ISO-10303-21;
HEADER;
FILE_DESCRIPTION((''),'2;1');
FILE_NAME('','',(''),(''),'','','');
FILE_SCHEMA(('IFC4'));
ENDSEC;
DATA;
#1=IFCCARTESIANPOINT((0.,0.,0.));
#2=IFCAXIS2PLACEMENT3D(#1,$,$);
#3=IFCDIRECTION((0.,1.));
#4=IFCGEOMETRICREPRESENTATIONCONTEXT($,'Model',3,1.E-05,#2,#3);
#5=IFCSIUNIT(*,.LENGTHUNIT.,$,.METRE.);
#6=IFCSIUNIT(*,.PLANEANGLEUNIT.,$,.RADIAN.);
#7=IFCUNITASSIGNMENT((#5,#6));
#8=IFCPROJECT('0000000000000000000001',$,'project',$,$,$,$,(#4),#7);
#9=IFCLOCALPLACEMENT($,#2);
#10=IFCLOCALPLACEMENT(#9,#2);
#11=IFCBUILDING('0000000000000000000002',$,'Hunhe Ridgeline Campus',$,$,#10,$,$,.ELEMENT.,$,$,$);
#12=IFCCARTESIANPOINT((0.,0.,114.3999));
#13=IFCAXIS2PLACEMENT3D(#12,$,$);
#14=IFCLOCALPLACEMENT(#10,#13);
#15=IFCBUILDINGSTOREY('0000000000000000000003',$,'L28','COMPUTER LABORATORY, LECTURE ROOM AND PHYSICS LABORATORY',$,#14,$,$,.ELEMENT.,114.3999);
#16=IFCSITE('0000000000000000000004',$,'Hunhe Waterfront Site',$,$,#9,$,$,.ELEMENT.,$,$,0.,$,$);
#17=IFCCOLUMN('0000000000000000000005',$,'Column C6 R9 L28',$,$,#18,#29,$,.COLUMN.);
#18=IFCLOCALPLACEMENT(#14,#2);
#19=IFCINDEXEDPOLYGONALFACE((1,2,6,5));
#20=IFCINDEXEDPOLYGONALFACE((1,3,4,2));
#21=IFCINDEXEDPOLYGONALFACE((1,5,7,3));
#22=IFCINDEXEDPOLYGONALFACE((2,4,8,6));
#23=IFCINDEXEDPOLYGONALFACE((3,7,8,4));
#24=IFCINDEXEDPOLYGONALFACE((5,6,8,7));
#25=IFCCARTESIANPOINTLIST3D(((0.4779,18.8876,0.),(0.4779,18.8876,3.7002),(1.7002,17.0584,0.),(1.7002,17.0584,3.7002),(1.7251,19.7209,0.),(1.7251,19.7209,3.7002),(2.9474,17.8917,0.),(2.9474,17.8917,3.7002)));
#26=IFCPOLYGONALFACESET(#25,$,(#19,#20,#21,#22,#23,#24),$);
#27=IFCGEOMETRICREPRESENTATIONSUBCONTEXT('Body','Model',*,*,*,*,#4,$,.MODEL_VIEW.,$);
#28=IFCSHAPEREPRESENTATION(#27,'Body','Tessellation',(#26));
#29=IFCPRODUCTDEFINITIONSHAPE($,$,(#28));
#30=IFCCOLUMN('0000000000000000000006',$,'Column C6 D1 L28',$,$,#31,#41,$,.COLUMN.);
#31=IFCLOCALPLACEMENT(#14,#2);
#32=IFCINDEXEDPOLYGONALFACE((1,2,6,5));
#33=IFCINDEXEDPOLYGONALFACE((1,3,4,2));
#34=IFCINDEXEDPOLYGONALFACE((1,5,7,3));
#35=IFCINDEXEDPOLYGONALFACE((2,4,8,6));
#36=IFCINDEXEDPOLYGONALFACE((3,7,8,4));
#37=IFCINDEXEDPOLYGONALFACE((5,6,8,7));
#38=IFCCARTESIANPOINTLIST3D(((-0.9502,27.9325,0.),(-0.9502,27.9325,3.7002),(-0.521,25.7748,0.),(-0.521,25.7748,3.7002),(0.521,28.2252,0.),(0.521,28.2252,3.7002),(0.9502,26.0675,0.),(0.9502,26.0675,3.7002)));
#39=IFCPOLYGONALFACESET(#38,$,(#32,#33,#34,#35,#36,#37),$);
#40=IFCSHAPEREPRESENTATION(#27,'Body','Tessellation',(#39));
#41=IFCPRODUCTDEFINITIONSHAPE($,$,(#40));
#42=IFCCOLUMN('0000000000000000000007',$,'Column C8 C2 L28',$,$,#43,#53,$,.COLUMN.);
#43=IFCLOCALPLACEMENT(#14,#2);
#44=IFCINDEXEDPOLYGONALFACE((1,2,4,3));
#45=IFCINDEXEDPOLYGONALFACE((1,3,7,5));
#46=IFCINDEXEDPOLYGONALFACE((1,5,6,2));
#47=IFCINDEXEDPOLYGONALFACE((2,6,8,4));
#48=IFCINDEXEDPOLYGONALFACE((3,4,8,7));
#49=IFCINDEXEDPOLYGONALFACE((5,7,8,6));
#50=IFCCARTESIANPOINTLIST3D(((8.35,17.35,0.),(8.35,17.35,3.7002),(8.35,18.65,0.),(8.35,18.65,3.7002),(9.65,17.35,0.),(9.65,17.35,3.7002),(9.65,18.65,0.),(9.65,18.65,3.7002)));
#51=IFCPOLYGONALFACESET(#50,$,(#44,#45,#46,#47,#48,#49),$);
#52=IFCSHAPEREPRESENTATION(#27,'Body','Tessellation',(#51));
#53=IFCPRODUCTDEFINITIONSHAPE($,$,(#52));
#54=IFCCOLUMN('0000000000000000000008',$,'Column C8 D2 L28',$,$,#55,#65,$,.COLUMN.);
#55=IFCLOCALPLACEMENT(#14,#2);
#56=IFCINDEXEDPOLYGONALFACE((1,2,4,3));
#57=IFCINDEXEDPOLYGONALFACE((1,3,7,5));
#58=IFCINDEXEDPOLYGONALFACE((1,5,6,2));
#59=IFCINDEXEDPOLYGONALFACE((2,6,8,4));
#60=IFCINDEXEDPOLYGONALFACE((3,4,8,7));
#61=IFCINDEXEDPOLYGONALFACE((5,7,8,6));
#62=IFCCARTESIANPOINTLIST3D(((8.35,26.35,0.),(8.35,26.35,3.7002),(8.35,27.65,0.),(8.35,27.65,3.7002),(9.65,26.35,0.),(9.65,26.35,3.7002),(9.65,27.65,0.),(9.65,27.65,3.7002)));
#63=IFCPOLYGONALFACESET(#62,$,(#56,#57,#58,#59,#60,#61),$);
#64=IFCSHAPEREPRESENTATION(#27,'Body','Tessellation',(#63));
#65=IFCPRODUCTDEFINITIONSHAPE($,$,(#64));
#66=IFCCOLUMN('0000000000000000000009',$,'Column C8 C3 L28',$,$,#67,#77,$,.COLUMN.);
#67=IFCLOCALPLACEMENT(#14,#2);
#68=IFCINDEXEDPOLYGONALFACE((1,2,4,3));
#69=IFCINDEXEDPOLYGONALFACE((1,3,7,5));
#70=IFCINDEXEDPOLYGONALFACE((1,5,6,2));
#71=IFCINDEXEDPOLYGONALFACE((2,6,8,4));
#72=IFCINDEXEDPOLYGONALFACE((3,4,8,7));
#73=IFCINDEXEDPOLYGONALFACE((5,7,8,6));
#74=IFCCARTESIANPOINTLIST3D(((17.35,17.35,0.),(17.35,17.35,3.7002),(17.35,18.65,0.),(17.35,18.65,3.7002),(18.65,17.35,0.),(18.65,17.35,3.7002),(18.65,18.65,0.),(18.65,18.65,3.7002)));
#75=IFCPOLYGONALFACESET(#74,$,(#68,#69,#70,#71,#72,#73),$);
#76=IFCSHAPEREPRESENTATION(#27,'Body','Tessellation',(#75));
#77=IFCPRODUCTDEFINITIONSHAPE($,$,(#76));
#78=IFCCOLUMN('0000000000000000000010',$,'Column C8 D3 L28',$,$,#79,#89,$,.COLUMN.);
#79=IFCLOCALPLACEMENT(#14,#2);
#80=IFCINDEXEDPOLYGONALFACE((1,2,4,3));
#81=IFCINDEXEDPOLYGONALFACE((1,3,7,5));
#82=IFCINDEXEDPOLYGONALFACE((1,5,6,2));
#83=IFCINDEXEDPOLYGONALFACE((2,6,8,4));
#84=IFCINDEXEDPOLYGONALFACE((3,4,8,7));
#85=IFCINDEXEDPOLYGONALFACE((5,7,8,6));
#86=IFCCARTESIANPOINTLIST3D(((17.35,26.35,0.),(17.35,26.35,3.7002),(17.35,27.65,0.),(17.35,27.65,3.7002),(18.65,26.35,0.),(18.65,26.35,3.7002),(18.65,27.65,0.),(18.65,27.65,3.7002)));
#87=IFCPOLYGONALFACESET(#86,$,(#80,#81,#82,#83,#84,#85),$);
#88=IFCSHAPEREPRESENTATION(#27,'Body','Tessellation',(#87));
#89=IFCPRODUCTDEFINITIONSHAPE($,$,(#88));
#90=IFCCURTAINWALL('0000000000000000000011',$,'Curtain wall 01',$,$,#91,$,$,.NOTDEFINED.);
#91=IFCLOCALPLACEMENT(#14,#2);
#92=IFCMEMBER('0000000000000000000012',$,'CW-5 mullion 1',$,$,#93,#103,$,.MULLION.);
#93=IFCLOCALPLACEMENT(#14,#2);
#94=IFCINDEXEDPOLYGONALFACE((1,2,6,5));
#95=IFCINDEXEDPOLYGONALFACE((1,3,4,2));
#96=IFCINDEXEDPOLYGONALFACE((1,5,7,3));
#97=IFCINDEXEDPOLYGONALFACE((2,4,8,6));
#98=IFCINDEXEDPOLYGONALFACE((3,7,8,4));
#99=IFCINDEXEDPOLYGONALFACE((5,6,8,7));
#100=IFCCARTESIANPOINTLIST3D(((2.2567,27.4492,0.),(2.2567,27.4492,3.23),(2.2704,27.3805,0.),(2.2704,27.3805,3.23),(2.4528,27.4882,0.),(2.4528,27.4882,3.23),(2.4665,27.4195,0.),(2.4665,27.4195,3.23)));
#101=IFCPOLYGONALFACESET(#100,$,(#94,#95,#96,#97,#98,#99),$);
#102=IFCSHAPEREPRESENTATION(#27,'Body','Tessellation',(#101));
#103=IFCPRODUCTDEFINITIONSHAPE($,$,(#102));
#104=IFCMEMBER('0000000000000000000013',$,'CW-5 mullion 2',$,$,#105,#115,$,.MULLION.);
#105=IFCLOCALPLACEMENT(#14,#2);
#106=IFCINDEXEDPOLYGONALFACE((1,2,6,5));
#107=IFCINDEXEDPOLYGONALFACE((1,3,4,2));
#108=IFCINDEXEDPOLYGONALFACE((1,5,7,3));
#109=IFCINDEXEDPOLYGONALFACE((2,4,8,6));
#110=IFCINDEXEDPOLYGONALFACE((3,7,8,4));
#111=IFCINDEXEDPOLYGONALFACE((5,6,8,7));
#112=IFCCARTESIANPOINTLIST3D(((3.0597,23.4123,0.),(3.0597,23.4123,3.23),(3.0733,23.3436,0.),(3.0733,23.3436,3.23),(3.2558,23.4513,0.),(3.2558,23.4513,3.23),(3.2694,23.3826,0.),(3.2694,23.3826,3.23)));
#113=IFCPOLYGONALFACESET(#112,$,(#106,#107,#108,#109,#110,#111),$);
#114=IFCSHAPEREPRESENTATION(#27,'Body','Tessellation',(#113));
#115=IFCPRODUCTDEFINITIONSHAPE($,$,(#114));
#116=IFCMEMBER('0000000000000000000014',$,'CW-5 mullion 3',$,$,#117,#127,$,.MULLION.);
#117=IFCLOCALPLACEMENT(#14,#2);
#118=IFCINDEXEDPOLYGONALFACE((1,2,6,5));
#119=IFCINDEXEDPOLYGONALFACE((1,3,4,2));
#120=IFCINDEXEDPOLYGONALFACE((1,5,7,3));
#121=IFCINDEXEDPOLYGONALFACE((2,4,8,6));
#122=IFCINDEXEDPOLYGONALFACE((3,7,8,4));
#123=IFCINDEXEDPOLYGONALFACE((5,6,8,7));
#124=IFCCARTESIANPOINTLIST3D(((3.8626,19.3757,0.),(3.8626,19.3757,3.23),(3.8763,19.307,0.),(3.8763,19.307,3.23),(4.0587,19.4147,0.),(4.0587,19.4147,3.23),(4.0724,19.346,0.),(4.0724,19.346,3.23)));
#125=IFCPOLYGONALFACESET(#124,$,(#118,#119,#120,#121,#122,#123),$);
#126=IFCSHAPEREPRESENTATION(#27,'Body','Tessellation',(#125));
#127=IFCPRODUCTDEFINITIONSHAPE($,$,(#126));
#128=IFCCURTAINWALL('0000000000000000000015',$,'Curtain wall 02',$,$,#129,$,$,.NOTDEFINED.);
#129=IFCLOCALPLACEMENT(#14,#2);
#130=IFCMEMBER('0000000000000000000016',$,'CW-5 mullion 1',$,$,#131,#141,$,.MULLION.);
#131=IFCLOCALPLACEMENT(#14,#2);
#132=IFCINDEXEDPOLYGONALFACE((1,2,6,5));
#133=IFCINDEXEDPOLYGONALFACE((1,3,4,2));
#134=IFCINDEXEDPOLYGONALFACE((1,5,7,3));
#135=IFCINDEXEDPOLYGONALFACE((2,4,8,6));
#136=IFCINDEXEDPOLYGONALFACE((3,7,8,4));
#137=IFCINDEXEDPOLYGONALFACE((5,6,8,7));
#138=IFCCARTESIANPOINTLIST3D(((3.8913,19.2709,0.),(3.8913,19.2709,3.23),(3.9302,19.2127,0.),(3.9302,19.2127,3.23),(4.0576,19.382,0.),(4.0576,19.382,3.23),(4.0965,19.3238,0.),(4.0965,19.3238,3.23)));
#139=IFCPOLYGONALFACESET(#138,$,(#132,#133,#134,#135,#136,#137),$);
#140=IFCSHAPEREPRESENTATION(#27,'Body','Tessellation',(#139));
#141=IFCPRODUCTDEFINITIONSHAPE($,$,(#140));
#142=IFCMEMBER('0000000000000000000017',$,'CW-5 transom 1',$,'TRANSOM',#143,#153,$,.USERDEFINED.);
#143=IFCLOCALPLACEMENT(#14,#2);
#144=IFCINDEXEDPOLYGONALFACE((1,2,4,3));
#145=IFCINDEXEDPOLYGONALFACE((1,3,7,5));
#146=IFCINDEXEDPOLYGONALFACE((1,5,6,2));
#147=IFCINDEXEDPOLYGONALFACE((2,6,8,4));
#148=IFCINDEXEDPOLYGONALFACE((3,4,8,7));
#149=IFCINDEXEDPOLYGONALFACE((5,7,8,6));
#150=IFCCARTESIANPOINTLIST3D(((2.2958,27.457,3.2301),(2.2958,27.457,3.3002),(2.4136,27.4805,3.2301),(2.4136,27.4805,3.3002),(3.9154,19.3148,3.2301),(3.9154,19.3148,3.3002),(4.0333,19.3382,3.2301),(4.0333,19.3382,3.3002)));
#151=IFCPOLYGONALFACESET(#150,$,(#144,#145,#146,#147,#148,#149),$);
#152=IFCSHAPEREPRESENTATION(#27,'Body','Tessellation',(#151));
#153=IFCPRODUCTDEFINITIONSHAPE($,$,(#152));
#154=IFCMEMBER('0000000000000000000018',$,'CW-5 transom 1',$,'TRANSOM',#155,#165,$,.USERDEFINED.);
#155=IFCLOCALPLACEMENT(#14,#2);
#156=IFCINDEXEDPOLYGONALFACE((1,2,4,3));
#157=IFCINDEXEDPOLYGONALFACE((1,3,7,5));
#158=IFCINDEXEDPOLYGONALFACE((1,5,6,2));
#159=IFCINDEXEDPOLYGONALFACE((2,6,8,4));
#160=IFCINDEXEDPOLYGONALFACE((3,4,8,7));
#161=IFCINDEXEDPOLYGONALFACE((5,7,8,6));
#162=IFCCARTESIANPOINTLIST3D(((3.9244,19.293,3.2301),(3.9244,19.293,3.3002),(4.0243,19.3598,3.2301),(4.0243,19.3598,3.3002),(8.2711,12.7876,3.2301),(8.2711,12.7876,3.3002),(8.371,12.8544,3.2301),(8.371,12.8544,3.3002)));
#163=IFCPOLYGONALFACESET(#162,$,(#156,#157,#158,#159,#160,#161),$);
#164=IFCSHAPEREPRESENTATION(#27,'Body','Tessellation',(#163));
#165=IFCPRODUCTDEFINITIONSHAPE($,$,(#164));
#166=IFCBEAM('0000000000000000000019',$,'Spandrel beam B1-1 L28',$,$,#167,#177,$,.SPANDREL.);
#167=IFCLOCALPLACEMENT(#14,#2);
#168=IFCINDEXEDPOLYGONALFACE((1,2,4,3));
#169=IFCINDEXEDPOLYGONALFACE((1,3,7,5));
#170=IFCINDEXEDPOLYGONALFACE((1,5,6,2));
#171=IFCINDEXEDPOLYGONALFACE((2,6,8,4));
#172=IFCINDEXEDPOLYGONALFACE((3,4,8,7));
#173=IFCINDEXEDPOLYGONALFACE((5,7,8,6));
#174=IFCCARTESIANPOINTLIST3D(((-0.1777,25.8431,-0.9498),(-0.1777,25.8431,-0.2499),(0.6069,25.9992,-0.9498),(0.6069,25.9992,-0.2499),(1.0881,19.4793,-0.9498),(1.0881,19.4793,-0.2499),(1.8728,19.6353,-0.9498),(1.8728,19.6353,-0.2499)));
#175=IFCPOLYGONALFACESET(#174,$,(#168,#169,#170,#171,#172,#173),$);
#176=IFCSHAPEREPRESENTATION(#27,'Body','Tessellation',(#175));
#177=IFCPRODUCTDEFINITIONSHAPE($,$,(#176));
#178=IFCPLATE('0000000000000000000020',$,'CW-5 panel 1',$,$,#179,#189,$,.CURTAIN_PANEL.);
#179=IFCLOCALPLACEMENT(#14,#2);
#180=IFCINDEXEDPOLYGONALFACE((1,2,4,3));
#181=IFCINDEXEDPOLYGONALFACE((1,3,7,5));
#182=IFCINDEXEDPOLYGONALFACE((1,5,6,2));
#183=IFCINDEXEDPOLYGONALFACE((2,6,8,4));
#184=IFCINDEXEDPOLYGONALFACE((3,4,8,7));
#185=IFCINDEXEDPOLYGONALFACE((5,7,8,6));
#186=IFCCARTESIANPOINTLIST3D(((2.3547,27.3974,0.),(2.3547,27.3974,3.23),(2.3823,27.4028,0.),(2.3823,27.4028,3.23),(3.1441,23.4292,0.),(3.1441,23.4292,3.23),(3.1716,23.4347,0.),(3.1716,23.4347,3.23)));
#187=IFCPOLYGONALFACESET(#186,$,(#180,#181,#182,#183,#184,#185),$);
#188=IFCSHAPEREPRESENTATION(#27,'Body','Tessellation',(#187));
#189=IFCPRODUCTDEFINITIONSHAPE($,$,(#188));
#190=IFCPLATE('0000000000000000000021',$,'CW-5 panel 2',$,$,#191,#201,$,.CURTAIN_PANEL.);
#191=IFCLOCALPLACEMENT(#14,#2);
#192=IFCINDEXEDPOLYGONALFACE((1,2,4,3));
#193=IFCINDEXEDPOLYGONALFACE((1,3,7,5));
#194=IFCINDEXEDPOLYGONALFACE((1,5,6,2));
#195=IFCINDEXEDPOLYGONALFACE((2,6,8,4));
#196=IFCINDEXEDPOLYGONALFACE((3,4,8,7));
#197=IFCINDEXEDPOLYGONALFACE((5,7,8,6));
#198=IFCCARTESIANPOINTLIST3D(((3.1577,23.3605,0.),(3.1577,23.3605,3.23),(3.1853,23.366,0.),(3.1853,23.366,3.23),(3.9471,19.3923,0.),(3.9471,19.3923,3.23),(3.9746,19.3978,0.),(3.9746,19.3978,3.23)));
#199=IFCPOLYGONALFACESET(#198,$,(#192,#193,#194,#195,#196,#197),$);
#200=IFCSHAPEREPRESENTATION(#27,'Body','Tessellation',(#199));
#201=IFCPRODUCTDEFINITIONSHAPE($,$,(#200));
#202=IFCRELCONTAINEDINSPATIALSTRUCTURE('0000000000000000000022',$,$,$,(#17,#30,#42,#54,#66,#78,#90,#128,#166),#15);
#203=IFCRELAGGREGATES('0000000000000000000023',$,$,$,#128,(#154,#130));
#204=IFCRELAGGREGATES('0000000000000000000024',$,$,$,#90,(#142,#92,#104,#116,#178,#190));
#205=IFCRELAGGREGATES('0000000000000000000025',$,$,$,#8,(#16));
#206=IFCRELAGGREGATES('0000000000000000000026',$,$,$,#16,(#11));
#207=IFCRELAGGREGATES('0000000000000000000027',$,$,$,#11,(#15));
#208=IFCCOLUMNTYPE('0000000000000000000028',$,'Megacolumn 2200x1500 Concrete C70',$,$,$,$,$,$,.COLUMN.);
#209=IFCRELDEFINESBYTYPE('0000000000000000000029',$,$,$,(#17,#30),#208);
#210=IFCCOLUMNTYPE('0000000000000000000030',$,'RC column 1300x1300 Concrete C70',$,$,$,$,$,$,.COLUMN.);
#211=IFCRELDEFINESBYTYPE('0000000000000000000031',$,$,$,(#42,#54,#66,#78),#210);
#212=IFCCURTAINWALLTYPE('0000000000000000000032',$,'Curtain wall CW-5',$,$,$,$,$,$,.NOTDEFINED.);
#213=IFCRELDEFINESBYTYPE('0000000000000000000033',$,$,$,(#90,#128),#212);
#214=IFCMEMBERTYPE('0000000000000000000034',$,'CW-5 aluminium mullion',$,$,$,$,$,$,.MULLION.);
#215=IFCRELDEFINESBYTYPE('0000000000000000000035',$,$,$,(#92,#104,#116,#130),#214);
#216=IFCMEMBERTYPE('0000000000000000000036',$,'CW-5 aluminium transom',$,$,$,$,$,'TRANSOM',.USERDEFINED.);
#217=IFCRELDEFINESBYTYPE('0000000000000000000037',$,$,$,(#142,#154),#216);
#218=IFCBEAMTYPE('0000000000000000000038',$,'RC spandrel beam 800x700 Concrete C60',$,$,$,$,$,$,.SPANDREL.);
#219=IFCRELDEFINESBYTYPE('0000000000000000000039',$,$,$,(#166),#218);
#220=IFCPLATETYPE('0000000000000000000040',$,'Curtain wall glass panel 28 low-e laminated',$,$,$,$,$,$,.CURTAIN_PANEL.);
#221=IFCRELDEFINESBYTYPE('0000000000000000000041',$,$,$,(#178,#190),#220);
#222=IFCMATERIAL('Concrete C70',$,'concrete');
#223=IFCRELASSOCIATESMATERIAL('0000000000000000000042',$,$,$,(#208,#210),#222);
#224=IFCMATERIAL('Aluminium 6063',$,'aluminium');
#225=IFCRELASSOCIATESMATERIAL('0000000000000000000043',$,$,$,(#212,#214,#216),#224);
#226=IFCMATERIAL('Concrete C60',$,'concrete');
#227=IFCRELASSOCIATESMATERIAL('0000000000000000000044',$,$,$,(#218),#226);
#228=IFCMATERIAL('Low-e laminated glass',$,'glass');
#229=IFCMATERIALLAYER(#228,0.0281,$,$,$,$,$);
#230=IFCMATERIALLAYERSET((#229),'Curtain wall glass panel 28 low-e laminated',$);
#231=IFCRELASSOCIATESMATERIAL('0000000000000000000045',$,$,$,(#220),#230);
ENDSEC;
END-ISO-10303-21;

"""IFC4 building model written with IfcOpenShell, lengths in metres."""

from ifc_helpers import new_model, si_unit, direction, frame, origin, origin_2d, place, context, subcontext, project, spatial, rectangle, extrude, material, layer, layer_set, material_profile, profile_set, type_object, element, aggregate, save


model = new_model("IFC4")

# Units and contexts
model_context = context("Model", 3, precision=1e-05, world=origin(), true_north=direction((0.0, 1.0)))
body_context = subcontext(model_context, "Body", "Model", "MODEL_VIEW")
ifc_project = project(units=[si_unit("LENGTHUNIT", "METRE"), si_unit("PLANEANGLEUNIT", "RADIAN")], contexts=[model_context])

# Site, building, storey
site_placement = place(None, origin())
site = spatial("IfcSite", under=ifc_project, at=site_placement, Name="Hunhe Waterfront Site", CompositionType="ELEMENT", RefElevation=0.0)
building_placement = place(site_placement, origin())
building = spatial("IfcBuilding", under=site, at=building_placement, Name="Hunhe Ridgeline Campus", CompositionType="ELEMENT")
storey_placement = place(building_placement, frame((0.0, 0.0, 114.3999)))
storey = spatial("IfcBuildingStorey", under=building, at=storey_placement, Name="L28", Description="COMPUTER LABORATORY, LECTURE ROOM AND PHYSICS LABORATORY", CompositionType="ELEMENT", Elevation=114.3999)

# Columns
ifc_material_1 = material(Name="Concrete C70", Category="concrete")
ifc_material_profile_1 = material_profile(ifc_material_1, rectangle(XDim=2.2, YDim=1.5, at=origin_2d()))
ifc_profile_set_1 = profile_set([ifc_material_profile_1], Name="Concrete C70")
column_type_1 = type_object("IfcColumnType", Name="Megacolumn 2200x1500 Concrete C70", PredefinedType="COLUMN", material=ifc_profile_set_1)
for number, where, z_axis, x_axis, name in (
    (1, (1.7126, 18.3896, 0.0), (0.0, 0.0, 1.0), (-0.55557, 0.83147, 0.0), "Column C6 R9 L28"),
    (2, (0.0, 27.0, 0.0), (0.0, 0.0, 1.0), (-0.19509, 0.980785, 0.0), "Column C6 D1 L28"),
):
    element("IfcColumn", number, at=place(storey_placement, frame(where, z_axis=z_axis, x_axis=x_axis)), inside=storey, type_object=column_type_1, Name=name, PredefinedType="COLUMN", context=body_context, shape_type="SweptSolid", body=[
        extrude(rectangle(XDim=2.2, YDim=1.5, at=origin_2d()), origin(), (0.0, 0.0, 1.0), 3.7002),
    ])
ifc_material_profile_2 = material_profile(ifc_material_1, rectangle(XDim=1.3, YDim=1.3, at=origin_2d()))
ifc_profile_set_2 = profile_set([ifc_material_profile_2], Name="Concrete C70")
column_type_2 = type_object("IfcColumnType", Name="RC column 1300x1300 Concrete C70", PredefinedType="COLUMN", material=ifc_profile_set_2)
for number, where, z_axis, x_axis, name in (
    (3, (9.0, 18.0, 0.0), (0.0, 0.0, 1.0), (1.0, 0.0, 0.0), "Column C8 C2 L28"),
    (4, (9.0, 27.0, 0.0), (0.0, 0.0, 1.0), (1.0, 0.0, 0.0), "Column C8 D2 L28"),
    (5, (18.0, 18.0, 0.0), (0.0, 0.0, 1.0), (1.0, 0.0, 0.0), "Column C8 C3 L28"),
    (6, (18.0, 27.0, 0.0), (0.0, 0.0, 1.0), (1.0, 0.0, 0.0), "Column C8 D3 L28"),
):
    element("IfcColumn", number, at=place(storey_placement, frame(where, z_axis=z_axis, x_axis=x_axis)), inside=storey, type_object=column_type_2, Name=name, PredefinedType="COLUMN", context=body_context, shape_type="SweptSolid", body=[
        extrude(rectangle(XDim=1.3, YDim=1.3, at=origin_2d()), origin(), (0.0, 0.0, 1.0), 3.7002),
    ])

# Curtain wall, members
ifc_material_2 = material(Name="Aluminium 6063", Category="aluminium")
curtain_wall_type = type_object("IfcCurtainWallType", Name="Curtain wall CW-5", PredefinedType="NOTDEFINED", material=ifc_material_2)
curtain_wall_1_placement = place(storey_placement, origin())
curtain_wall_1 = element("IfcCurtainWall", 7, at=curtain_wall_1_placement, inside=storey, type_object=curtain_wall_type, Name="Curtain wall 01", PredefinedType="NOTDEFINED")
ifc_material_profile_3 = material_profile(ifc_material_2, rectangle(XDim=0.2, YDim=0.0701, at=origin_2d()))
ifc_profile_set_3 = profile_set([ifc_material_profile_3], Name="Aluminium 6063")
member_type_1 = type_object("IfcMemberType", Name="CW-5 aluminium mullion", PredefinedType="MULLION", material=ifc_profile_set_3)
member_1_placement = place(storey_placement, frame((2.3616, 27.4343, 0.0), z_axis=(0.0, 0.0, 1.0), x_axis=(0.980784, 0.195095, 0.0)))
member_1 = element("IfcMember", 8, at=member_1_placement, type_object=member_type_1, Name="CW-5 mullion 1", PredefinedType="MULLION", context=body_context, shape_type="SweptSolid", body=[
    extrude(rectangle(XDim=0.2, YDim=0.0701, at=origin_2d()), origin(), (0.0, 0.0, 1.0), 3.23),
])
member_2_placement = place(storey_placement, frame((3.1646, 23.3975, 0.0), z_axis=(0.0, 0.0, 1.0), x_axis=(0.980784, 0.195095, 0.0)))
member_2 = element("IfcMember", 9, at=member_2_placement, type_object=member_type_1, Name="CW-5 mullion 2", PredefinedType="MULLION", context=body_context, shape_type="SweptSolid", body=[
    extrude(rectangle(XDim=0.2, YDim=0.0701, at=origin_2d()), origin(), (0.0, 0.0, 1.0), 3.23),
])
member_3_placement = place(storey_placement, frame((3.9675, 19.3608, 0.0), z_axis=(0.0, 0.0, 1.0), x_axis=(0.980784, 0.195095, 0.0)))
member_3 = element("IfcMember", 10, at=member_3_placement, type_object=member_type_1, Name="CW-5 mullion 3", PredefinedType="MULLION", context=body_context, shape_type="SweptSolid", body=[
    extrude(rectangle(XDim=0.2, YDim=0.0701, at=origin_2d()), origin(), (0.0, 0.0, 1.0), 3.23),
])

# Curtain wall, member
curtain_wall_2_placement = place(storey_placement, origin())
curtain_wall_2 = element("IfcCurtainWall", 11, at=curtain_wall_2_placement, inside=storey, type_object=curtain_wall_type, Name="Curtain wall 02", PredefinedType="NOTDEFINED")
member_4_placement = place(storey_placement, frame((3.9939, 19.2974, 0.0), z_axis=(0.0, 0.0, 1.0), x_axis=(0.83147, 0.55557, 0.0)))
member_4 = element("IfcMember", 12, at=member_4_placement, type_object=member_type_1, Name="CW-5 mullion 1", PredefinedType="MULLION", context=body_context, shape_type="SweptSolid", body=[
    extrude(rectangle(XDim=0.2, YDim=0.0701, at=origin_2d()), origin(), (0.0, 0.0, 1.0), 3.23),
])

# Members
ifc_material_profile_4 = material_profile(ifc_material_2, rectangle(XDim=0.1201, YDim=0.0701, at=origin_2d()))
ifc_profile_set_4 = profile_set([ifc_material_profile_4], Name="Aluminium 6063")
member_type_2 = type_object("IfcMemberType", Name="CW-5 aluminium transom", ElementType="TRANSOM", PredefinedType="USERDEFINED", material=ifc_profile_set_4)
member_5_placement = place(storey_placement, frame((2.3547, 27.4688, 3.2651), z_axis=(0.195092, -0.980785, 0.0), x_axis=(0.980785, 0.195092, 0.0)))
member_5 = element("IfcMember", 13, at=member_5_placement, type_object=member_type_2, Name="CW-5 transom 1", ObjectType="TRANSOM", PredefinedType="USERDEFINED", context=body_context, shape_type="SweptSolid", body=[
    extrude(rectangle(XDim=0.1201, YDim=0.0701, at=origin_2d()), origin(), (0.0, 0.0, 1.0), 8.3018),
])
member_6_placement = place(storey_placement, frame((3.9744, 19.3264, 3.2651), z_axis=(0.555564, -0.831474, 0.0), x_axis=(0.831474, 0.555564, 0.0)))
member_6 = element("IfcMember", 14, at=member_6_placement, type_object=member_type_2, Name="CW-5 transom 1", ObjectType="TRANSOM", PredefinedType="USERDEFINED", context=body_context, shape_type="SweptSolid", body=[
    extrude(rectangle(XDim=0.1201, YDim=0.0701, at=origin_2d()), origin(), (0.0, 0.0, 1.0), 7.824),
])
aggregate(curtain_wall_2, [member_6, member_4])

# Beam
ifc_material_3 = material(Name="Concrete C60", Category="concrete")
ifc_material_profile_5 = material_profile(ifc_material_3, rectangle(XDim=0.8, YDim=0.7, at=origin_2d()))
ifc_profile_set_5 = profile_set([ifc_material_profile_5], Name="Concrete C60")
beam_type = type_object("IfcBeamType", Name="RC spandrel beam 800x700 Concrete C60", PredefinedType="SPANDREL", material=ifc_profile_set_5)
beam_placement = place(storey_placement, frame((0.2146, 25.9211, -0.5999), z_axis=(0.195096, -0.980784, 0.0), x_axis=(0.980784, 0.195096, 0.0)))
element("IfcBeam", 15, at=beam_placement, inside=storey, type_object=beam_type, Name="Spandrel beam B1-1 L28", PredefinedType="SPANDREL", context=body_context, shape_type="SweptSolid", body=[
    extrude(rectangle(XDim=0.8, YDim=0.7, at=origin_2d()), origin(), (0.0, 0.0, 1.0), 6.4885),
])

# Plates
ifc_material_4 = material(Name="Low-e laminated glass", Category="glass")
ifc_layer_1 = layer(ifc_material_4, 0.0281)
ifc_layer_set_1 = layer_set([ifc_layer_1], Name="Curtain wall glass panel 28 low-e laminated")
plate_type = type_object("IfcPlateType", Name="Curtain wall glass panel 28 low-e laminated", PredefinedType="CURTAIN_PANEL", material=ifc_layer_set_1)
plate_1_placement = place(storey_placement, frame((2.7632, 25.416, 0.0), z_axis=(0.0, 0.0, 1.0), x_axis=(0.195095, -0.980784, 0.0)))
plate_1 = element("IfcPlate", 16, at=plate_1_placement, type_object=plate_type, Name="CW-5 panel 1", PredefinedType="CURTAIN_PANEL", context=body_context, shape_type="SweptSolid", body=[
    extrude(rectangle(XDim=4.0459, YDim=0.0281, at=origin_2d()), origin(), (0.0, 0.0, 1.0), 3.23),
])
plate_2_placement = place(storey_placement, frame((3.5662, 21.3792, 0.0), z_axis=(0.0, 0.0, 1.0), x_axis=(0.195095, -0.980784, 0.0)))
plate_2 = element("IfcPlate", 17, at=plate_2_placement, type_object=plate_type, Name="CW-5 panel 2", PredefinedType="CURTAIN_PANEL", context=body_context, shape_type="SweptSolid", body=[
    extrude(rectangle(XDim=4.0459, YDim=0.0281, at=origin_2d()), origin(), (0.0, 0.0, 1.0), 3.23),
])
aggregate(curtain_wall_1, [member_5, member_1, member_2, member_3, plate_1, plate_2])

save(model, "model.ifc")
